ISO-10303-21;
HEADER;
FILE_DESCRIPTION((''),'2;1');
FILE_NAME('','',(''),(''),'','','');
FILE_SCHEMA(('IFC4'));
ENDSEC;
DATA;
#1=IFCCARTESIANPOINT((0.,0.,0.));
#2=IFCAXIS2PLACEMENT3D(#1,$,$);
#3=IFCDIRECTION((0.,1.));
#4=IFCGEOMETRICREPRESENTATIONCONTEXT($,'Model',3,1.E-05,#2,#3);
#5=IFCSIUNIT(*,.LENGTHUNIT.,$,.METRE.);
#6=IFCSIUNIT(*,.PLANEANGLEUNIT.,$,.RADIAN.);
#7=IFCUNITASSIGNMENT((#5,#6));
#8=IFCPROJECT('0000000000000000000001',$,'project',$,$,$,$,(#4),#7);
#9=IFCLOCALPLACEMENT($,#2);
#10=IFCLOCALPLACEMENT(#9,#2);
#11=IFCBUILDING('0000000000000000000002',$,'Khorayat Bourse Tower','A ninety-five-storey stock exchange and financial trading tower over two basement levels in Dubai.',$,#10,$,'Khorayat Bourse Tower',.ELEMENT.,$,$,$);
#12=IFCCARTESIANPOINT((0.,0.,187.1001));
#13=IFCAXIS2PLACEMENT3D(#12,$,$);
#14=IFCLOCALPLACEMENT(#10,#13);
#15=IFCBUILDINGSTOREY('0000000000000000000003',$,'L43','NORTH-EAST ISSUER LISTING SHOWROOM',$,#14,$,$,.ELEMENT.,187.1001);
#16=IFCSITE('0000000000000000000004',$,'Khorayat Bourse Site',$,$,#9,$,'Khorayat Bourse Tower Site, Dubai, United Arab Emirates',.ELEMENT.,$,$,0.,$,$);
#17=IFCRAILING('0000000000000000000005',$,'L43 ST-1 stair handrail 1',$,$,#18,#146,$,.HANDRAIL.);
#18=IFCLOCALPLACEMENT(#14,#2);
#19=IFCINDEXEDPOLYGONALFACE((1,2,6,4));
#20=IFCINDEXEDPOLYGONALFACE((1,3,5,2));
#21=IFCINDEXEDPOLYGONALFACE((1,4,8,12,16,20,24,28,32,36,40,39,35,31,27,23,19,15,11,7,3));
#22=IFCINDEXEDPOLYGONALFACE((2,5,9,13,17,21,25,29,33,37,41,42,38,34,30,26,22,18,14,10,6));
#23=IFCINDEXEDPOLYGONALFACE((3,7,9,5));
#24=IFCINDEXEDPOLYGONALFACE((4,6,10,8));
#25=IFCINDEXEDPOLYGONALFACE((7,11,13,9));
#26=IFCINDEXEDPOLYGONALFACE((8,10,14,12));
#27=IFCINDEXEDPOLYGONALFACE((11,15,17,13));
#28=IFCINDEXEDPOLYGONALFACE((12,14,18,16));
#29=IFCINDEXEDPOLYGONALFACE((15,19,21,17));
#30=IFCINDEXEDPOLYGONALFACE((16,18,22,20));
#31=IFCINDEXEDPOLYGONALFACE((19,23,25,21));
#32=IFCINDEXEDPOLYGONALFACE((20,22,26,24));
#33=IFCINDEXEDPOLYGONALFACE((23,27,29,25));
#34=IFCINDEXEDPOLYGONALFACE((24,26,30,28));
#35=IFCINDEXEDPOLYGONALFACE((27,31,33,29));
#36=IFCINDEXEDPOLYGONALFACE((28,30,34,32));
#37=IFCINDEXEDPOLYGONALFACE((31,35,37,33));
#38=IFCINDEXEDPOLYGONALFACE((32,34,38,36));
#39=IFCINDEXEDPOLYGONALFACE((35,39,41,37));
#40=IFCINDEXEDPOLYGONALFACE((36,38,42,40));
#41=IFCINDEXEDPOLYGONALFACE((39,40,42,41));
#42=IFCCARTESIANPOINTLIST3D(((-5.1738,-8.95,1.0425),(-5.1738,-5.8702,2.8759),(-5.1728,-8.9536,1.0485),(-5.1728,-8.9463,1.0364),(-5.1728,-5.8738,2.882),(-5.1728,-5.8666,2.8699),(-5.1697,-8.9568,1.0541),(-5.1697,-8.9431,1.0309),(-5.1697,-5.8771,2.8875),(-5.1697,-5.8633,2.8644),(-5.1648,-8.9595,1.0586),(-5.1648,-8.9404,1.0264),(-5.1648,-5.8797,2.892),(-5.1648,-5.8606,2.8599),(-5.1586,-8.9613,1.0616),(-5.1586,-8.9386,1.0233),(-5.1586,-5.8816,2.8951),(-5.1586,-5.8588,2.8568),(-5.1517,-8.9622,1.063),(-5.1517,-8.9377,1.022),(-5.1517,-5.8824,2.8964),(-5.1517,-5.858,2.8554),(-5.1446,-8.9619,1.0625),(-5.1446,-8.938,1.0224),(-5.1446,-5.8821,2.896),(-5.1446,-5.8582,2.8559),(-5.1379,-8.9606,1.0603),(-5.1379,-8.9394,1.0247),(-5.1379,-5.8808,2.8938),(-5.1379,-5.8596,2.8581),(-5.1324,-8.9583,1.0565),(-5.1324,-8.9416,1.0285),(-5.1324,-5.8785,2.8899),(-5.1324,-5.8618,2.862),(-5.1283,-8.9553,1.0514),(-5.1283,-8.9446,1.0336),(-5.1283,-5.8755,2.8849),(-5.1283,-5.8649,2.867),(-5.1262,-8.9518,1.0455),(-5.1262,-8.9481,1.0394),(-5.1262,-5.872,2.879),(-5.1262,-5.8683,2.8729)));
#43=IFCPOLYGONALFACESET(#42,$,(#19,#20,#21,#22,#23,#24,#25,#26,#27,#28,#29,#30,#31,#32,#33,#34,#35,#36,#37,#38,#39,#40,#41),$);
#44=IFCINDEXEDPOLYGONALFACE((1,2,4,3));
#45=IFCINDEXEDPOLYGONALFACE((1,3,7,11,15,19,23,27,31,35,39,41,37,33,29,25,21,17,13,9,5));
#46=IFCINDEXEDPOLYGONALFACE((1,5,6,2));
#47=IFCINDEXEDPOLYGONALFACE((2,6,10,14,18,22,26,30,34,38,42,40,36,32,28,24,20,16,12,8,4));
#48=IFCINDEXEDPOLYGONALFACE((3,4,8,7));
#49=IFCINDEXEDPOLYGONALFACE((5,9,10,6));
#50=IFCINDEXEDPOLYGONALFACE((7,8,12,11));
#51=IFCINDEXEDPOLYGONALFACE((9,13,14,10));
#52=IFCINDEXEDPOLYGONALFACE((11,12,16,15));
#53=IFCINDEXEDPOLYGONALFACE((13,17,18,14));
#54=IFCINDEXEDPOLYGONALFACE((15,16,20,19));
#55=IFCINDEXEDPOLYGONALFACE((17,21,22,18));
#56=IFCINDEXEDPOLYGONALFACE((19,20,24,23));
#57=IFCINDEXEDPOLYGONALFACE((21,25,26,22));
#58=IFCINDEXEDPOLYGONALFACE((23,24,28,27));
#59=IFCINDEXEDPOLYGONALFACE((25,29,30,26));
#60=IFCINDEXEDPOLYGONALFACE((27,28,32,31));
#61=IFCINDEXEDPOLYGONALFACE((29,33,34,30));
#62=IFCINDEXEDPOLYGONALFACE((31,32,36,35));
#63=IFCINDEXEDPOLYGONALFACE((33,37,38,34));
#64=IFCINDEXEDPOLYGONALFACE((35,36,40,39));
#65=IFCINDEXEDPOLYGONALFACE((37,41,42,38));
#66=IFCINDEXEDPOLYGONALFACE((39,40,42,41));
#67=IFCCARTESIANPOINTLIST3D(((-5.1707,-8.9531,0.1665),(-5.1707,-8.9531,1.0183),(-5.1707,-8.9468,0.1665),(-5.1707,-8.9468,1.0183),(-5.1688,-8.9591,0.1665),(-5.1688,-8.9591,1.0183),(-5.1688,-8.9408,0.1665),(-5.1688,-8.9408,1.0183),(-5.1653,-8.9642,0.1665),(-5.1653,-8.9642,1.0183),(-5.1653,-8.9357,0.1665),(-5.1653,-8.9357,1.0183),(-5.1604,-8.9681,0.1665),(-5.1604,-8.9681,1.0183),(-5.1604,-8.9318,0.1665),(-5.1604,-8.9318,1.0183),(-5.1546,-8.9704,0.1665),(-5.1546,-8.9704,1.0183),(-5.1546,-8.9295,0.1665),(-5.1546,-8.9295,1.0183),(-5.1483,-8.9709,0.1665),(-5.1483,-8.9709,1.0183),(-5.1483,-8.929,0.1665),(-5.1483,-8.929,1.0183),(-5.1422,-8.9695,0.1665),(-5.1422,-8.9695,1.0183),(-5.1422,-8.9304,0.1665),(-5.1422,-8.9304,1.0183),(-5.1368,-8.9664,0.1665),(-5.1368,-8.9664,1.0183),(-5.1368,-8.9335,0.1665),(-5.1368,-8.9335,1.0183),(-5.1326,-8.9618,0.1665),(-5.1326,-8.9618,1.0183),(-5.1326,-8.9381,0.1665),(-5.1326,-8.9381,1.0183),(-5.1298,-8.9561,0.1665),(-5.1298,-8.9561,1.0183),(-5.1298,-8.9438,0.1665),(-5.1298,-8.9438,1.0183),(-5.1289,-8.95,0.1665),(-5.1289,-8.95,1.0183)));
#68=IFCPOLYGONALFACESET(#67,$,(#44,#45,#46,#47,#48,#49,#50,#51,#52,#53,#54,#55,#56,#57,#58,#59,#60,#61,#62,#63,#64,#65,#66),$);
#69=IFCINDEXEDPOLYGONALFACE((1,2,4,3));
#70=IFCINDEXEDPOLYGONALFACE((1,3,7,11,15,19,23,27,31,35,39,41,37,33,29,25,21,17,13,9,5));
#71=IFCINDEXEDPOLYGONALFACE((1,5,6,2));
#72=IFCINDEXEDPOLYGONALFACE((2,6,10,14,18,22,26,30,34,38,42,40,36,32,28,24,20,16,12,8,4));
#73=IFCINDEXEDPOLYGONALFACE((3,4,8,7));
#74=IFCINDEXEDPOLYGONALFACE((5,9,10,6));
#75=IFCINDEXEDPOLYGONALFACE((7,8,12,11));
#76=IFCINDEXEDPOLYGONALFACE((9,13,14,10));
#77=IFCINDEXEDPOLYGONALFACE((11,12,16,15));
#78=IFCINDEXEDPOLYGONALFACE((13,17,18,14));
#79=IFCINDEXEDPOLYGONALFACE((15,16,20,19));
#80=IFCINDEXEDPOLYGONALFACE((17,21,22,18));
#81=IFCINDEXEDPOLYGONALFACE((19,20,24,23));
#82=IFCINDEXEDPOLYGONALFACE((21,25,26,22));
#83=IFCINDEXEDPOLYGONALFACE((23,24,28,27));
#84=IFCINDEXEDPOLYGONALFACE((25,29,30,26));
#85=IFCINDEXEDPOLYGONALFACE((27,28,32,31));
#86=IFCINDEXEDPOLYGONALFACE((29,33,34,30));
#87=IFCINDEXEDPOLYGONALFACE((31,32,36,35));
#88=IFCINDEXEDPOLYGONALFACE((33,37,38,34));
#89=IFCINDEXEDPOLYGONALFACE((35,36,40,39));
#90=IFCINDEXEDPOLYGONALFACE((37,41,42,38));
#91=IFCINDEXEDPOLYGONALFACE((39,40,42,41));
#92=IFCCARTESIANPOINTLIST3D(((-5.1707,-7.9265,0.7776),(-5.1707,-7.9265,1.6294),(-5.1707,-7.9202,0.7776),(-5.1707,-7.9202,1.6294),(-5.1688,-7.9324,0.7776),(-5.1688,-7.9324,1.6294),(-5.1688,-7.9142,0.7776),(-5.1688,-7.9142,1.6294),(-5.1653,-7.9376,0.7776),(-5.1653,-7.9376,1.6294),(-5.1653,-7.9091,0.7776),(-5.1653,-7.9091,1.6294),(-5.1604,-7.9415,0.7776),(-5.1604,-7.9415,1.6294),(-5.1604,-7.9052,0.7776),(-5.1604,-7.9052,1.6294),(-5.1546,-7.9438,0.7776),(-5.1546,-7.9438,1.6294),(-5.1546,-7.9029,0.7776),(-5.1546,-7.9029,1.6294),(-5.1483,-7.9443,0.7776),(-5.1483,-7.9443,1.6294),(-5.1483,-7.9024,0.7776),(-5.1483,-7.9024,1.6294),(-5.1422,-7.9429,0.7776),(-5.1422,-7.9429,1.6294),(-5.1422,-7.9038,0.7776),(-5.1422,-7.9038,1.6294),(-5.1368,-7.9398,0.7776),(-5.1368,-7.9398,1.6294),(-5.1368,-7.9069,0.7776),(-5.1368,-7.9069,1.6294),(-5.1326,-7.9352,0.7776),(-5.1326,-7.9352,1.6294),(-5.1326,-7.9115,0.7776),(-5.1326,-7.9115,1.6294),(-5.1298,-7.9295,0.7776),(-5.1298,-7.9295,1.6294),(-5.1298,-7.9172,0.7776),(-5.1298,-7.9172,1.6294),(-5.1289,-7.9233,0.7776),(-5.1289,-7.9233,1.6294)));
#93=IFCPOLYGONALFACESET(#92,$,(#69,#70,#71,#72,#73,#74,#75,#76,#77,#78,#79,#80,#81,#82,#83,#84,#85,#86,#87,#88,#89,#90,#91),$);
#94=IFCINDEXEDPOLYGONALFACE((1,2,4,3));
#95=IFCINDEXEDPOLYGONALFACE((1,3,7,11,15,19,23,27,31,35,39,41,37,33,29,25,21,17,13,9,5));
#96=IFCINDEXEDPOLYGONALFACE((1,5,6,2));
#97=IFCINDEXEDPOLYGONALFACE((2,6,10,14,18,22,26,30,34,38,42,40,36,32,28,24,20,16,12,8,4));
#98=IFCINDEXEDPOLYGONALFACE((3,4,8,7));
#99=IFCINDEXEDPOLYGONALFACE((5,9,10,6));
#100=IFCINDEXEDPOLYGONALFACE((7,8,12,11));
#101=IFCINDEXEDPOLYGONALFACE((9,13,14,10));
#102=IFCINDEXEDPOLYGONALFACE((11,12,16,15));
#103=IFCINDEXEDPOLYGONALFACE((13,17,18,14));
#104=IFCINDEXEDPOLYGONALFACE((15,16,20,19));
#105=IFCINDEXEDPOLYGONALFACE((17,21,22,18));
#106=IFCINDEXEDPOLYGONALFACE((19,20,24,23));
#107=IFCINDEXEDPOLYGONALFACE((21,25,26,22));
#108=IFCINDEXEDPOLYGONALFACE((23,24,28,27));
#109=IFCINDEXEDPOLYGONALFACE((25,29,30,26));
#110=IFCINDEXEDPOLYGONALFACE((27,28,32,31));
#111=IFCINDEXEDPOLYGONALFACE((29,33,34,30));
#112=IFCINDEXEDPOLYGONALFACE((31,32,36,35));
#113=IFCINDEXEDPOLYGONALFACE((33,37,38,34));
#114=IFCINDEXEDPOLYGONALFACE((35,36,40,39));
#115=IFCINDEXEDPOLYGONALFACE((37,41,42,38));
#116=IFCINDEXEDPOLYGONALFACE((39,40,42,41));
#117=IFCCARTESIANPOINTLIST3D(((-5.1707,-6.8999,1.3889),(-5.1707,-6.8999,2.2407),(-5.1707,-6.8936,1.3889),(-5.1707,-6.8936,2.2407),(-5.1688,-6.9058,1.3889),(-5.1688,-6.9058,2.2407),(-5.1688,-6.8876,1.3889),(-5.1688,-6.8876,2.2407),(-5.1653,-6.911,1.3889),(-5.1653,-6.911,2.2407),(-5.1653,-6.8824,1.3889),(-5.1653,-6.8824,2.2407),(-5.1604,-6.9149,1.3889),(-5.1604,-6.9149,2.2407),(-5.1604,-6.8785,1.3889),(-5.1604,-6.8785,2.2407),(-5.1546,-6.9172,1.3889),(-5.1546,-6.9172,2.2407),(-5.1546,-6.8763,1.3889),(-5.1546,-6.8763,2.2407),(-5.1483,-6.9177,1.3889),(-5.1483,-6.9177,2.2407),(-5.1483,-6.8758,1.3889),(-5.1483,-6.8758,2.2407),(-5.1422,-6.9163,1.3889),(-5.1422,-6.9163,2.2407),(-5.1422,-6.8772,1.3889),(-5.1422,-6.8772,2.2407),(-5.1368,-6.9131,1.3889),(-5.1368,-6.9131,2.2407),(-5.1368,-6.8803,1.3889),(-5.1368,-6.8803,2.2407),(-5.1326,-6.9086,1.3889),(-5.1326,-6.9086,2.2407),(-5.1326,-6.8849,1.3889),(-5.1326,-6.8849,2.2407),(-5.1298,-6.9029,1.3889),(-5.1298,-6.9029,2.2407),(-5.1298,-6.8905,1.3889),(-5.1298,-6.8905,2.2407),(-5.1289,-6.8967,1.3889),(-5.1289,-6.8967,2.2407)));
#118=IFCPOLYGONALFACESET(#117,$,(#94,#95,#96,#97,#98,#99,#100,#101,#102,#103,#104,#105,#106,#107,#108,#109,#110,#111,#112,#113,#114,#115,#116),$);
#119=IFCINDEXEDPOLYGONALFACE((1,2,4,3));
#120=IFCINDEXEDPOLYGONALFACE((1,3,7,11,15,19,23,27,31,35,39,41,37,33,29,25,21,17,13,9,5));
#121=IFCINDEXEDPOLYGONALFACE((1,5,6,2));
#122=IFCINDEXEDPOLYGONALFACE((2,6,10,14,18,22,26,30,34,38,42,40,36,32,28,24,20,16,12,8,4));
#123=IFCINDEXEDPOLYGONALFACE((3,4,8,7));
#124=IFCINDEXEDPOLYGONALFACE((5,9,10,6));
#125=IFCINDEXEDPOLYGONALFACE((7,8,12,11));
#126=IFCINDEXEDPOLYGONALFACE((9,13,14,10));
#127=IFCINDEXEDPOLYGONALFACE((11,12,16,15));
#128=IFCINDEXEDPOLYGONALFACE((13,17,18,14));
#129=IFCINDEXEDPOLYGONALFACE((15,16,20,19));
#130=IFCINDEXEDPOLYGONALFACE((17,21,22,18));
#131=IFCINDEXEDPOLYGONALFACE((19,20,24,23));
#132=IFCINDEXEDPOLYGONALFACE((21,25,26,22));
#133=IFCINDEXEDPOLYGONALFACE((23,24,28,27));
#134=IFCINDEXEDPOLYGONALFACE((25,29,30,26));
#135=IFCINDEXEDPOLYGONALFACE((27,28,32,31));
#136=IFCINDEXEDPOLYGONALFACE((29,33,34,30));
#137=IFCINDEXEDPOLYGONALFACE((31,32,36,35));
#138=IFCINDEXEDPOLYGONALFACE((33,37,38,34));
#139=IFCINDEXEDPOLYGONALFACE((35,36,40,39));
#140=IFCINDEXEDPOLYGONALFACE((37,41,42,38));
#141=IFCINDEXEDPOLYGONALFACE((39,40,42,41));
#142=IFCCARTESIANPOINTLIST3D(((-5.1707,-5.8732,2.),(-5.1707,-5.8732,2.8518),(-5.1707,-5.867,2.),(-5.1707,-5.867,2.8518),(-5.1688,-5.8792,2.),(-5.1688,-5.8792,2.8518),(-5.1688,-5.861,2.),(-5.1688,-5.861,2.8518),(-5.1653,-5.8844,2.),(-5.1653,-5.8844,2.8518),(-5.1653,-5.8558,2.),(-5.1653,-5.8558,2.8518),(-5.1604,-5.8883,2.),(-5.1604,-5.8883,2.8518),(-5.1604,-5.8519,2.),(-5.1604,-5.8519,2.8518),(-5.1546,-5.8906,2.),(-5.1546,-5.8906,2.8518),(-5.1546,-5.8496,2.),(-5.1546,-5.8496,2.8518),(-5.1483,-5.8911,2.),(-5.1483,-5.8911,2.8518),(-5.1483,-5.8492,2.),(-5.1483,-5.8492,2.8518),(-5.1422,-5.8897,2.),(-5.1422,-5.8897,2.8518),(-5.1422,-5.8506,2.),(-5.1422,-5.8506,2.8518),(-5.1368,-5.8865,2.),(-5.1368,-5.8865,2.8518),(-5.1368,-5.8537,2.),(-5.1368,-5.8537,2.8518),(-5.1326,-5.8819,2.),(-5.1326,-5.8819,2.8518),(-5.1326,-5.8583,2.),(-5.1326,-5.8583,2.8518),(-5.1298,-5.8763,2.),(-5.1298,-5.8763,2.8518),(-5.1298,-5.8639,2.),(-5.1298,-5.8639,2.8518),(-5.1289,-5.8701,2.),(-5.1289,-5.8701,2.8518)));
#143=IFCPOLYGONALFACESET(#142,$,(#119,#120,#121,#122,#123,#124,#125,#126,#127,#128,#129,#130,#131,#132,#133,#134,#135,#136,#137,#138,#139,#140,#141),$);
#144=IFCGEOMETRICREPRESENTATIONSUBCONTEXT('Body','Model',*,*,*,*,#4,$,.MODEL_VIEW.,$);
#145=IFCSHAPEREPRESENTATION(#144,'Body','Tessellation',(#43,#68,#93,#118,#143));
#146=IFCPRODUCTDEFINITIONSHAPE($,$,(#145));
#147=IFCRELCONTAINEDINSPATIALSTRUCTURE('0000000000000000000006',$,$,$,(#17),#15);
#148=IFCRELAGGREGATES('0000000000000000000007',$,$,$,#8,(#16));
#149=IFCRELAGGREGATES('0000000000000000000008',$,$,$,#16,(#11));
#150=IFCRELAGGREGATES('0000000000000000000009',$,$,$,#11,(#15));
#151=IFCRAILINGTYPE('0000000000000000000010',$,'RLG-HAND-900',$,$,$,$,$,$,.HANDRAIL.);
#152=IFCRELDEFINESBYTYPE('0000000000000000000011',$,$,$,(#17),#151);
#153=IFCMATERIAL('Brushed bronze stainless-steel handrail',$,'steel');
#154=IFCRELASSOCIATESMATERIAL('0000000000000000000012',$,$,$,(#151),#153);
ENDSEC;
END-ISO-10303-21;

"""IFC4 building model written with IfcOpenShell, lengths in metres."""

from ifc_helpers import new_model, si_unit, direction, frame, origin, origin_2d, place, context, subcontext, project, spatial, circle, extrude, source, transform, mapped, material, type_object, element, save


model = new_model("IFC4")

# Units and contexts
model_context = context("Model", 3, precision=1e-05, world=origin(), true_north=direction((0.0, 1.0)))
body_context = subcontext(model_context, "Body", "Model", "MODEL_VIEW")
ifc_project = project(units=[si_unit("LENGTHUNIT", "METRE"), si_unit("PLANEANGLEUNIT", "RADIAN")], contexts=[model_context])

# Site, building, storey
site_placement = place(None, origin())
site = spatial("IfcSite", under=ifc_project, at=site_placement, Name="Khorayat Bourse Site", LongName="Khorayat Bourse Tower Site, Dubai, United Arab Emirates", CompositionType="ELEMENT", RefElevation=0.0)
building_placement = place(site_placement, origin())
building = spatial("IfcBuilding", under=site, at=building_placement, Name="Khorayat Bourse Tower", Description="A ninety-five-storey stock exchange and financial trading tower over two basement levels in Dubai.", LongName="Khorayat Bourse Tower", CompositionType="ELEMENT")
storey_placement = place(building_placement, frame((0.0, 0.0, 187.1001)))
storey = spatial("IfcBuildingStorey", under=building, at=storey_placement, Name="L43", Description="NORTH-EAST ISSUER LISTING SHOWROOM", CompositionType="ELEMENT", Elevation=187.1001)

# Railing
ifc_material_1 = material(Name="Brushed bronze stainless-steel handrail", Category="steel")
railing_type_1 = type_object("IfcRailingType", Name="RLG-HAND-900", PredefinedType="HANDRAIL", material=ifc_material_1)
shared_shape_1 = source(origin(), body_context, "Body", "SweptSolid", [
    extrude(circle(Radius=0.0239, at=origin_2d()), frame((0.0, 0.0, 0.876), z_axis=(0.0, 0.859261, 0.511538), x_axis=(-1.0, 0.0, 0.0)), (0.0, 0.0, 1.0), 3.5842),
    extrude(circle(Radius=0.021, at=origin_2d()), origin(), (0.0, 0.0, 1.0), 0.8518),
    extrude(circle(Radius=0.021, at=origin_2d()), frame((0.0, 1.0266, 0.6111)), (0.0, 0.0, 1.0), 0.8518),
    extrude(circle(Radius=0.021, at=origin_2d()), frame((0.0, 2.0532, 1.2224)), (0.0, 0.0, 1.0), 0.8518),
    extrude(circle(Radius=0.021, at=origin_2d()), frame((0.0, 3.0798, 1.8335)), (0.0, 0.0, 1.0), 0.8518),
])
railing_1_placement = place(storey_placement, frame((-5.1499, -8.95, 0.1665)))
element("IfcRailing", 1, at=railing_1_placement, inside=storey, type_object=railing_type_1, Name="L43 ST-1 stair handrail 1", PredefinedType="HANDRAIL", context=body_context, shape_type="MappedRepresentation", body=[
    mapped(shared_shape_1, transform((0.0, 0.0, 0.0), scale=1.0)),
])

save(model, "model.ifc")
